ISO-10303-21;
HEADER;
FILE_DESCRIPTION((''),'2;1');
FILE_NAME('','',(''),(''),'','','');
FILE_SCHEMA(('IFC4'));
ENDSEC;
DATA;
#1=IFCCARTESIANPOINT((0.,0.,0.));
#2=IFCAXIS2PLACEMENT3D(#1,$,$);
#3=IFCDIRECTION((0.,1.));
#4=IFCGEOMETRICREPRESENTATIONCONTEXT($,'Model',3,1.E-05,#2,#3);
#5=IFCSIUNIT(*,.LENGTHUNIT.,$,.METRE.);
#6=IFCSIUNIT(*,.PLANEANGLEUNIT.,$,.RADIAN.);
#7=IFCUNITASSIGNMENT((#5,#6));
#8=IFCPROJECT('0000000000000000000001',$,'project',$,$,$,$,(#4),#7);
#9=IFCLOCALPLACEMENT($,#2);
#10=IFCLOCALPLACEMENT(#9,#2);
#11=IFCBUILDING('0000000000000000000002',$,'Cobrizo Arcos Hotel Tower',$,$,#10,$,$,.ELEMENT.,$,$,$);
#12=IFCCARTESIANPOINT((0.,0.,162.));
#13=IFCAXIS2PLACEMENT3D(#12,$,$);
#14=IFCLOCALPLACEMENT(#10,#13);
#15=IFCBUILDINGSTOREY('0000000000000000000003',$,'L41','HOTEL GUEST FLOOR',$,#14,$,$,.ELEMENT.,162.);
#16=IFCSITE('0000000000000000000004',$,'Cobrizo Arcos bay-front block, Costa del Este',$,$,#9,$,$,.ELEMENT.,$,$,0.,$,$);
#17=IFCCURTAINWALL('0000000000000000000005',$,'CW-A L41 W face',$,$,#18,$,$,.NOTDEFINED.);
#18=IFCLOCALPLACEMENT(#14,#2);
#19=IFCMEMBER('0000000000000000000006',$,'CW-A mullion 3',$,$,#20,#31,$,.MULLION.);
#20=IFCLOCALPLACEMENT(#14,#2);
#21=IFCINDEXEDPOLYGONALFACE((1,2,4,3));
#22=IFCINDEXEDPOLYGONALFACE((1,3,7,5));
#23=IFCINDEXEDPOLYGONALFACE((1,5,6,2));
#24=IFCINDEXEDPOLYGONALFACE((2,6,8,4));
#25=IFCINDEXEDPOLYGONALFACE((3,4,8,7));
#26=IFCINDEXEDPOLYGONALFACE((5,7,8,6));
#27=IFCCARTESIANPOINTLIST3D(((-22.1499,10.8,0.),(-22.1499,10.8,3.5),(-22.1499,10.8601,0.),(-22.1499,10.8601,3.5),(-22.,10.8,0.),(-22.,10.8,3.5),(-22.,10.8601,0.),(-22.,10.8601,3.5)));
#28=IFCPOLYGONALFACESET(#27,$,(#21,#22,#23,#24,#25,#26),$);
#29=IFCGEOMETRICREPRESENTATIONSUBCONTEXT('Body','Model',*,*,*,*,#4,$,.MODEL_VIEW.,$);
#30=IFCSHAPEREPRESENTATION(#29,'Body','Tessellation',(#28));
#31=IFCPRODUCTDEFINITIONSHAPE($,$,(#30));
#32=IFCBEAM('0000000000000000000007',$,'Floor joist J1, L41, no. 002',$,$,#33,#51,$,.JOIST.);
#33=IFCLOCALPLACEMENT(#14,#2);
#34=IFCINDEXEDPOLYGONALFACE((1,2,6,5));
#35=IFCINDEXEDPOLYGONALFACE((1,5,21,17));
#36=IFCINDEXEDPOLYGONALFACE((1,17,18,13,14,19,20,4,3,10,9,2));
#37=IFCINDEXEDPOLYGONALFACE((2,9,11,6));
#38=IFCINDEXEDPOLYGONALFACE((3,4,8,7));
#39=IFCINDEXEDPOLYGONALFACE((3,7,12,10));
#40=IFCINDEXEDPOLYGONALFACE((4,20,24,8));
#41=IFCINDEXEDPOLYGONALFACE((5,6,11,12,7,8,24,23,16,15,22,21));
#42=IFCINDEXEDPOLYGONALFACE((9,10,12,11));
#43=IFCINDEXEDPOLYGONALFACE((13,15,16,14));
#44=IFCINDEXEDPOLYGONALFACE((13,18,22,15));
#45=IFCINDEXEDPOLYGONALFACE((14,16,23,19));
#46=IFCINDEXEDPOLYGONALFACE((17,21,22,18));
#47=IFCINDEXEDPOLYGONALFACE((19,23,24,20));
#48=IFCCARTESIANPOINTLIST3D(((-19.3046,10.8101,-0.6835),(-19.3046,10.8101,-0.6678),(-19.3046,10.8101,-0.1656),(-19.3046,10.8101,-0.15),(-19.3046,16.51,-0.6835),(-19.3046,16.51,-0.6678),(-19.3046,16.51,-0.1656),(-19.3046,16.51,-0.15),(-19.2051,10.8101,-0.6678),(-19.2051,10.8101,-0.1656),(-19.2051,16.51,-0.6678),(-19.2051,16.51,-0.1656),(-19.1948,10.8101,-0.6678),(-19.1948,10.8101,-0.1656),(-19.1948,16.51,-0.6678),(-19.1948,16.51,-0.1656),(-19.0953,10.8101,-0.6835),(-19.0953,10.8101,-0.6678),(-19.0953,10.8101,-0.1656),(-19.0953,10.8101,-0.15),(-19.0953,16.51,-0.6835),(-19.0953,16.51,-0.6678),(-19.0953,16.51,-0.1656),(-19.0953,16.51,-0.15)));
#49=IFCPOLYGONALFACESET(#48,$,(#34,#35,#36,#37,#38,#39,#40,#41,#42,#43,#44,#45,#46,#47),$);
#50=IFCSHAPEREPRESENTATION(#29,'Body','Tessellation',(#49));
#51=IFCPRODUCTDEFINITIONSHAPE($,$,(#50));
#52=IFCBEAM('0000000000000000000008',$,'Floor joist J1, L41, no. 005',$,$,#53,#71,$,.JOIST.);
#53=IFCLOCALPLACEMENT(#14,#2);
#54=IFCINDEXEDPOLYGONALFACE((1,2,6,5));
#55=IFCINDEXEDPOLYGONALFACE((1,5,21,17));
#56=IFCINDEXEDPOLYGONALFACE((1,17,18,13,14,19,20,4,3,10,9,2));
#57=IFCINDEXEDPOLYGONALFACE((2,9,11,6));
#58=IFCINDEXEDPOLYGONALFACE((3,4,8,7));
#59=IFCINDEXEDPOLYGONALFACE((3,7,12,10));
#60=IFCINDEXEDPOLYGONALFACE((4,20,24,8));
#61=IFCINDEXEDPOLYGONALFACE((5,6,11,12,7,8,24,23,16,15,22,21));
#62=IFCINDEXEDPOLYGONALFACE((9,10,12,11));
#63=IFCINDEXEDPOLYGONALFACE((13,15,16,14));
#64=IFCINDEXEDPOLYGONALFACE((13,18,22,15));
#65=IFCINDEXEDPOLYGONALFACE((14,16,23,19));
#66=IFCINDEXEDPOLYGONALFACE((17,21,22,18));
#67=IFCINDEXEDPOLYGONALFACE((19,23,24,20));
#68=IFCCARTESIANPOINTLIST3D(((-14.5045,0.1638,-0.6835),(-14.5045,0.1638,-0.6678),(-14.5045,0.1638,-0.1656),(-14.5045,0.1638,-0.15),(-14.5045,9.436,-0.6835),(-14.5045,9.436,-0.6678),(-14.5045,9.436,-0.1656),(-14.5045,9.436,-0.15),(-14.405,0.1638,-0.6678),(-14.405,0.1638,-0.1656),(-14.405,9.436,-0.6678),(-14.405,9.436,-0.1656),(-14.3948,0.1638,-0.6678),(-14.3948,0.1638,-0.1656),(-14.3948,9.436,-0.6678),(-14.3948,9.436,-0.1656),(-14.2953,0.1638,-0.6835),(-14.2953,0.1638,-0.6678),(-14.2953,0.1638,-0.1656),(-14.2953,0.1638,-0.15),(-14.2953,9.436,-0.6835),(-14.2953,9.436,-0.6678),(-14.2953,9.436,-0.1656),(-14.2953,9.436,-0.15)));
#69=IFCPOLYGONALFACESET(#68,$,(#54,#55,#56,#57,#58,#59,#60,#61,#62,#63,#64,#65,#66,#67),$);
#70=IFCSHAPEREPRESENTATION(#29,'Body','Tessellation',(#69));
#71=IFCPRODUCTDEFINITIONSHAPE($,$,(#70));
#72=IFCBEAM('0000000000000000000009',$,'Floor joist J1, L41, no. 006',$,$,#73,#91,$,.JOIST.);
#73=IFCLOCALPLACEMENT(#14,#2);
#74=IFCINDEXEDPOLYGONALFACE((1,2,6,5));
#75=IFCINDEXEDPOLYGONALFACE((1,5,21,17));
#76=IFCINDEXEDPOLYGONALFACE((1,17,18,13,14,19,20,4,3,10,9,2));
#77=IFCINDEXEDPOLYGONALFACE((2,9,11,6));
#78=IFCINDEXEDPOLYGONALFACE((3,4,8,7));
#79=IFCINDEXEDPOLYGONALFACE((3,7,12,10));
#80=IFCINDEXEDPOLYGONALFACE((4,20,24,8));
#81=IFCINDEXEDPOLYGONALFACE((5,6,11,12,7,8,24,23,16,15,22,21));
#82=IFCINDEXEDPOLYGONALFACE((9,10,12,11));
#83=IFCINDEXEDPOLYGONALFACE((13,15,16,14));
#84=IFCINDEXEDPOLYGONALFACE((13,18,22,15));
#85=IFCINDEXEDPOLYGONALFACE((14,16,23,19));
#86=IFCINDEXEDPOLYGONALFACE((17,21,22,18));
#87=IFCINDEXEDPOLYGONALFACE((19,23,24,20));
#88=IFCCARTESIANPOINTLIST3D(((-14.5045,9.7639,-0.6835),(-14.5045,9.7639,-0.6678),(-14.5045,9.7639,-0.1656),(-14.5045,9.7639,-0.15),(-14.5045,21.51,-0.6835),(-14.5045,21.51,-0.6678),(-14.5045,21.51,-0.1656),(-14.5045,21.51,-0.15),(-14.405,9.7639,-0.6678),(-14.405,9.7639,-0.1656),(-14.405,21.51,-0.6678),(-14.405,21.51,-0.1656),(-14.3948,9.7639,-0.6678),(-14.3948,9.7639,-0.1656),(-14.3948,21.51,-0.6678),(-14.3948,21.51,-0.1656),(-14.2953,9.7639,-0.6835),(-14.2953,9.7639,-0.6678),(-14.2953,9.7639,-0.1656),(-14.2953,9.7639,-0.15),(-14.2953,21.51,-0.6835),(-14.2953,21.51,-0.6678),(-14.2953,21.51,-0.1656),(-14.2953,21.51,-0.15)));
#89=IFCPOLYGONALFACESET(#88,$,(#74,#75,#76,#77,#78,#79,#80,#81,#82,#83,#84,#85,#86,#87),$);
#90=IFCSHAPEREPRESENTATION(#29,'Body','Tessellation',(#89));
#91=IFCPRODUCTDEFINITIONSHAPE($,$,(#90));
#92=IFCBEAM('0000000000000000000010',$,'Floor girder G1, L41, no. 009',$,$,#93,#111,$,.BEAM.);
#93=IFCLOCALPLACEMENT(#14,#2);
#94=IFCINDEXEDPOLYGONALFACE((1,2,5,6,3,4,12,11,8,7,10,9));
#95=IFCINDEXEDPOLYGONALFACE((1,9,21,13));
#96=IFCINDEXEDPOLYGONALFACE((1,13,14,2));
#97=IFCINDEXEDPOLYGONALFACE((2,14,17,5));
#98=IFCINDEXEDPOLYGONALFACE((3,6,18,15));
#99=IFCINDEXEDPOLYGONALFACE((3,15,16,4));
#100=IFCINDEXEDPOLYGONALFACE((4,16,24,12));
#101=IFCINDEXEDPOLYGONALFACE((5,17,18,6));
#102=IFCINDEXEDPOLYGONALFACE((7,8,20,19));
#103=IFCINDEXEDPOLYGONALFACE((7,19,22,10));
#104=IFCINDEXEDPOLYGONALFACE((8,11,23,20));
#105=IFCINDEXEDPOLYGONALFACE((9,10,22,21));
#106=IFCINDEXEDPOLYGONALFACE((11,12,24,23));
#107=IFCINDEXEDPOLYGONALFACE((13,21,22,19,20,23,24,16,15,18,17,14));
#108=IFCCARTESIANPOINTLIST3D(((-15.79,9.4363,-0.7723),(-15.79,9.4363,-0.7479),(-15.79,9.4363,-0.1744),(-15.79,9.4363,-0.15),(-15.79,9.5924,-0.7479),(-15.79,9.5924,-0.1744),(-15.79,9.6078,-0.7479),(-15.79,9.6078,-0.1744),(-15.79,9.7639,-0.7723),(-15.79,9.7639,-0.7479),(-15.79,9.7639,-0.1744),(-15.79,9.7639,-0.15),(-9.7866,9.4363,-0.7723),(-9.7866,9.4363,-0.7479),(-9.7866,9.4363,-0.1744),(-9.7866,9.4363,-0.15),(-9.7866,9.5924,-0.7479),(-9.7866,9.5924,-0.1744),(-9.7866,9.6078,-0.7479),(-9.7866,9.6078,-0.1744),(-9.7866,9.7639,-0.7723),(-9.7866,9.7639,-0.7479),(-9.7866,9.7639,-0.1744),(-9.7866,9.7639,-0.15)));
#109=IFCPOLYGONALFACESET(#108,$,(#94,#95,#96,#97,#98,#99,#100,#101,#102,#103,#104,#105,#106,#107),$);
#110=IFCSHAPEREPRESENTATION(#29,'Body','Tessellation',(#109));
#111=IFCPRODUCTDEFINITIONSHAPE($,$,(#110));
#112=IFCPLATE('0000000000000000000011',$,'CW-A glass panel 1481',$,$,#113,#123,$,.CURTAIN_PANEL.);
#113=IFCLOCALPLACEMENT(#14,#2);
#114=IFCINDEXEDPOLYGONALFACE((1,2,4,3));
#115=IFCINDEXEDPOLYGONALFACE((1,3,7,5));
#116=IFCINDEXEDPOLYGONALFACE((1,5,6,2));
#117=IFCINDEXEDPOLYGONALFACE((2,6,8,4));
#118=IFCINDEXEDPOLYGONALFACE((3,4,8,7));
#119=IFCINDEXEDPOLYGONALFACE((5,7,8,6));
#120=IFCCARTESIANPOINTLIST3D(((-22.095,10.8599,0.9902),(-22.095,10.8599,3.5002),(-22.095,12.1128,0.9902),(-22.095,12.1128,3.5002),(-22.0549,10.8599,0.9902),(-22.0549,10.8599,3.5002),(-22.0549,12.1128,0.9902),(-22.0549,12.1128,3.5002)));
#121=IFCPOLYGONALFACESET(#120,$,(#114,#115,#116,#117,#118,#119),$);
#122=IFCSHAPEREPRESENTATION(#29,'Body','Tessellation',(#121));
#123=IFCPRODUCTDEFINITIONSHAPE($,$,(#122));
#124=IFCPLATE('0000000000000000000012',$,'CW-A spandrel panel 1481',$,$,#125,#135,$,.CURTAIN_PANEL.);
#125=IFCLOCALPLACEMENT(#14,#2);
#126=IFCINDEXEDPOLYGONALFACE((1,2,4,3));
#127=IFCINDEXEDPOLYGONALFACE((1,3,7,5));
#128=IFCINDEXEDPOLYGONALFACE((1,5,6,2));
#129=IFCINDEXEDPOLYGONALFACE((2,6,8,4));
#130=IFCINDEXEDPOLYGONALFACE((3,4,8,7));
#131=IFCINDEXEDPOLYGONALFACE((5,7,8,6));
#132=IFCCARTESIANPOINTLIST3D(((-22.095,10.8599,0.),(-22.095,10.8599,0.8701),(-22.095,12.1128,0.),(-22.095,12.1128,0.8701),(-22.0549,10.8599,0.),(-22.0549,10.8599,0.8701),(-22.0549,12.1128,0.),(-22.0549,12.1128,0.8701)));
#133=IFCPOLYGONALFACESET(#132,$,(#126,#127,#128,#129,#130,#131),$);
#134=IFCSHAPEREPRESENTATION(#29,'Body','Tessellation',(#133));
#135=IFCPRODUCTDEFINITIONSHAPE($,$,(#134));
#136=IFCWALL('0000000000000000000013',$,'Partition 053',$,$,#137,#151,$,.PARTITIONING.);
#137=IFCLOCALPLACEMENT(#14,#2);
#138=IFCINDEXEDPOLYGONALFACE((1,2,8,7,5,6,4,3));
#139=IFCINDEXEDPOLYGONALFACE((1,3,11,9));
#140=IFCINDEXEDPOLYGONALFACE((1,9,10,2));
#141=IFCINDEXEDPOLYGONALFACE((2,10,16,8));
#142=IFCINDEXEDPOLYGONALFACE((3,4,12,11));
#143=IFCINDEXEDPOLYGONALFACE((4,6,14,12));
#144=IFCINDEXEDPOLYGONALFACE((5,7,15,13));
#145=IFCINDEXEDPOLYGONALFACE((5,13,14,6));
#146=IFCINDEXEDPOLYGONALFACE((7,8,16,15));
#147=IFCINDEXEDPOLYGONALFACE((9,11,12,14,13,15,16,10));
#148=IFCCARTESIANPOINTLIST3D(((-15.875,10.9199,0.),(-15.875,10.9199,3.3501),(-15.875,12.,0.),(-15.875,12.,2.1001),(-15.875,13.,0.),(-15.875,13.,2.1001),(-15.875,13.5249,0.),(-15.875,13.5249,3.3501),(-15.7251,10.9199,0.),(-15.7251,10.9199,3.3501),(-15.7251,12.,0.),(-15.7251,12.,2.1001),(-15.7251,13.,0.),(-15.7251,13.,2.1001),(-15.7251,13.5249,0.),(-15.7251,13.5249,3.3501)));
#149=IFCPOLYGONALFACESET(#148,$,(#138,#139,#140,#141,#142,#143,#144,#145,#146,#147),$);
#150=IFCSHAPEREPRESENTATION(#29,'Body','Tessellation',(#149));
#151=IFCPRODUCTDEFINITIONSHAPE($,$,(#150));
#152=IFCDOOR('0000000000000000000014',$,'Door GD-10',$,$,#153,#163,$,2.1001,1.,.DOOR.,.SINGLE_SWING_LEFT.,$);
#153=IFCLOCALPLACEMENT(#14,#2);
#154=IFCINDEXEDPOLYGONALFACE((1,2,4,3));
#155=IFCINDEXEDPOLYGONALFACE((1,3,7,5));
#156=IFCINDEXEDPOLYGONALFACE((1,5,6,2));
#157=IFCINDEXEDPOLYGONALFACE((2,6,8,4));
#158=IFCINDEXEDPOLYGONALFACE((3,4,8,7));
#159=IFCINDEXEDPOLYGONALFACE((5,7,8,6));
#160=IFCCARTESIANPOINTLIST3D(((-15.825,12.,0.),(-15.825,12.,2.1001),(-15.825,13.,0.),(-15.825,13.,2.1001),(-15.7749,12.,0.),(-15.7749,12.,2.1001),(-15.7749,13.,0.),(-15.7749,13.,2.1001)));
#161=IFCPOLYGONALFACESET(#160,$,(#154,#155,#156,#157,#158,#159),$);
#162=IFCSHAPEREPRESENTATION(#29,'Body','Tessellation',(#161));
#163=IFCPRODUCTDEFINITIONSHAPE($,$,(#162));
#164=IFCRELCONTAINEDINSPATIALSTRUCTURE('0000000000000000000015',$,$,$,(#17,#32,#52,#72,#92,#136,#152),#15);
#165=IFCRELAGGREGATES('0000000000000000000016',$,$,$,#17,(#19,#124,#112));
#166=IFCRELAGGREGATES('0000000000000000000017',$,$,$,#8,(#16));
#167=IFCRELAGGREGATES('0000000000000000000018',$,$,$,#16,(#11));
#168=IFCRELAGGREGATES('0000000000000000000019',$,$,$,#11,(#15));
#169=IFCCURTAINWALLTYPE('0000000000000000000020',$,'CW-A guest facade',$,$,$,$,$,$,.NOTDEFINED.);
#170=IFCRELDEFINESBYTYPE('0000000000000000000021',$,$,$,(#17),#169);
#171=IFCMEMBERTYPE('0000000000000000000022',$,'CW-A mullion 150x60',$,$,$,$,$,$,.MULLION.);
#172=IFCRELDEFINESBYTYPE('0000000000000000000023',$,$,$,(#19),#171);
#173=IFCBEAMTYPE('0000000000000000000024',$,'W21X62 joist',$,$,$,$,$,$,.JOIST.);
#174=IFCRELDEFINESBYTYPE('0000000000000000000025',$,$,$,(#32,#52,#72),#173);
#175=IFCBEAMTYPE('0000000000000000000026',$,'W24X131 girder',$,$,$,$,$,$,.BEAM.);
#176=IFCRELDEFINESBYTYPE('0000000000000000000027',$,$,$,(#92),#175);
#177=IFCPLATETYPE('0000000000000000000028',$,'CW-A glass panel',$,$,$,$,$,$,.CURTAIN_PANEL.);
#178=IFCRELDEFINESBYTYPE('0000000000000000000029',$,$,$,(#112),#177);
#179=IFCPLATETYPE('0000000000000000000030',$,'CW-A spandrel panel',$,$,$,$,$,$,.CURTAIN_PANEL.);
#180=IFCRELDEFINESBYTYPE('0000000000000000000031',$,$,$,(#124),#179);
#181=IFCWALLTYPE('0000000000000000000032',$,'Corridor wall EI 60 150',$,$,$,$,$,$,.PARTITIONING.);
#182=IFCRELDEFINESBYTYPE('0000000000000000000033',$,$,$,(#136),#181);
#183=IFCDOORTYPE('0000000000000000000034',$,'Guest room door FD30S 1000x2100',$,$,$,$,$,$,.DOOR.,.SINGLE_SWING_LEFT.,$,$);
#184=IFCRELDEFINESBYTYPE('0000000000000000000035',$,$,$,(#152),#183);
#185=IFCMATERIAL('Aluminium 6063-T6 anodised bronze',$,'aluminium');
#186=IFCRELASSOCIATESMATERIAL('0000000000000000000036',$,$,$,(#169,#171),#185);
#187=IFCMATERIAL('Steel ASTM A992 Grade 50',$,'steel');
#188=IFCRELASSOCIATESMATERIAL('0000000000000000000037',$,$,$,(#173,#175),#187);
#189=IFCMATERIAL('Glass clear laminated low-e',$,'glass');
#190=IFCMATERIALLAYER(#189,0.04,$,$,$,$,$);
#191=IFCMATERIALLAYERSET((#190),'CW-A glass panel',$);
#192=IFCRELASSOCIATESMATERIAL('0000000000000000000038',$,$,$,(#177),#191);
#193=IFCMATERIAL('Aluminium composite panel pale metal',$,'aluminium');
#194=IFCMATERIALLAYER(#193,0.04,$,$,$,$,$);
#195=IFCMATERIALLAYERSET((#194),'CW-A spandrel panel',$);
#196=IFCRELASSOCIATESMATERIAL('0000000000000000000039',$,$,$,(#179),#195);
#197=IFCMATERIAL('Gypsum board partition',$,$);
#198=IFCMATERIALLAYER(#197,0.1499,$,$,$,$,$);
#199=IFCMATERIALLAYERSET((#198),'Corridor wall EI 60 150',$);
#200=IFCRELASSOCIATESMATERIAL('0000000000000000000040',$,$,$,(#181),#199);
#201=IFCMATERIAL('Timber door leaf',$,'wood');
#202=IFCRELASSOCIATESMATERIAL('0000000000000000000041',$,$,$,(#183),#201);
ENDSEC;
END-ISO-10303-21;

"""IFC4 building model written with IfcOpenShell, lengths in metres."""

from ifc_helpers import new_model, si_unit, direction, frame, frame_2d, origin, origin_2d, place, context, subcontext, project, spatial, rectangle, i_section, extrude, material, layer, layer_set, material_profile, profile_set, type_object, element, fill, aggregate, save


model = new_model("IFC4")

# Units and contexts
model_context = context("Model", 3, precision=1e-05, world=origin(), true_north=direction((0.0, 1.0)))
body_context = subcontext(model_context, "Body", "Model", "MODEL_VIEW")
ifc_project = project(units=[si_unit("LENGTHUNIT", "METRE"), si_unit("PLANEANGLEUNIT", "RADIAN")], contexts=[model_context])

# Site, building, storey
site_placement = place(None, origin())
site = spatial("IfcSite", under=ifc_project, at=site_placement, Name="Cobrizo Arcos bay-front block, Costa del Este", CompositionType="ELEMENT", RefElevation=0.0)
building_placement = place(site_placement, origin())
building = spatial("IfcBuilding", under=site, at=building_placement, Name="Cobrizo Arcos Hotel Tower", CompositionType="ELEMENT")
storey_placement = place(building_placement, frame((0.0, 0.0, 162.0)))
storey = spatial("IfcBuildingStorey", under=building, at=storey_placement, Name="L41", Description="HOTEL GUEST FLOOR", CompositionType="ELEMENT", Elevation=162.0)

# Curtain wall, member
ifc_material_1 = material(Name="Aluminium 6063-T6 anodised bronze", Category="aluminium")
curtain_wall_type = type_object("IfcCurtainWallType", Name="CW-A guest facade", PredefinedType="NOTDEFINED", material=ifc_material_1)
curtain_wall_placement = place(storey_placement, origin())
curtain_wall = element("IfcCurtainWall", 1, at=curtain_wall_placement, inside=storey, type_object=curtain_wall_type, Name="CW-A L41 W face", PredefinedType="NOTDEFINED")
ifc_material_profile_1 = material_profile(ifc_material_1, rectangle(XDim=0.1499, YDim=0.0601, at=origin_2d()), Name="CW-A mullion 150x60")
ifc_profile_set_1 = profile_set([ifc_material_profile_1], Name="Aluminium 6063-T6 anodised bronze")
member_type = type_object("IfcMemberType", Name="CW-A mullion 150x60", PredefinedType="MULLION", material=ifc_profile_set_1)
member_placement = place(storey_placement, frame((-22.075, 10.8301, 0.0), z_axis=(0.0, 0.0, 1.0), x_axis=(-1.0, 0.0, 0.0)))
member = element("IfcMember", 2, at=member_placement, type_object=member_type, Name="CW-A mullion 3", PredefinedType="MULLION", context=body_context, shape_type="SweptSolid", body=[
    extrude(rectangle(XDim=0.1499, YDim=0.0601, at=origin_2d()), origin(), (0.0, 0.0, 1.0), 3.5),
])

# Beams
ifc_material_2 = material(Name="Steel ASTM A992 Grade 50", Category="steel")
ifc_material_profile_2 = material_profile(ifc_material_2, i_section(OverallWidth=0.2092, OverallDepth=0.5334, WebThickness=0.0103, FlangeThickness=0.0156, at=origin_2d()), Name="W21X62")
ifc_profile_set_2 = profile_set([ifc_material_profile_2], Name="Steel ASTM A992 Grade 50")
beam_type_1 = type_object("IfcBeamType", Name="W21X62 joist", PredefinedType="JOIST", material=ifc_profile_set_2)
beam_1_placement = place(storey_placement, frame((-19.2, 10.8101, -0.4167), z_axis=(0.0, 1.0, 0.0), x_axis=(-1.0, 0.0, 0.0)))
element("IfcBeam", 3, at=beam_1_placement, inside=storey, type_object=beam_type_1, Name="Floor joist J1, L41, no. 002", PredefinedType="JOIST", context=body_context, shape_type="SweptSolid", body=[
    extrude(i_section(OverallWidth=0.2092, OverallDepth=0.5334, WebThickness=0.0103, FlangeThickness=0.0156, at=origin_2d()), origin(), (0.0, 0.0, 1.0), 5.7),
])
beam_2_placement = place(storey_placement, frame((-14.3999, 0.1638, -0.4167), z_axis=(0.0, 1.0, 0.0), x_axis=(-1.0, 0.0, 0.0)))
element("IfcBeam", 4, at=beam_2_placement, inside=storey, type_object=beam_type_1, Name="Floor joist J1, L41, no. 005", PredefinedType="JOIST", context=body_context, shape_type="SweptSolid", body=[
    extrude(i_section(OverallWidth=0.2092, OverallDepth=0.5334, WebThickness=0.0103, FlangeThickness=0.0156, at=origin_2d()), origin(), (0.0, 0.0, 1.0), 9.2722),
])
beam_3_placement = place(storey_placement, frame((-14.3999, 9.7639, -0.4167), z_axis=(0.0, 1.0, 0.0), x_axis=(-1.0, 0.0, 0.0)))
element("IfcBeam", 5, at=beam_3_placement, inside=storey, type_object=beam_type_1, Name="Floor joist J1, L41, no. 006", PredefinedType="JOIST", context=body_context, shape_type="SweptSolid", body=[
    extrude(i_section(OverallWidth=0.2092, OverallDepth=0.5334, WebThickness=0.0103, FlangeThickness=0.0156, at=origin_2d()), origin(), (0.0, 0.0, 1.0), 11.7461),
])
ifc_material_profile_3 = material_profile(ifc_material_2, i_section(OverallWidth=0.3276, OverallDepth=0.6223, WebThickness=0.0154, FlangeThickness=0.0244, at=origin_2d()), Name="W24X131")
ifc_profile_set_3 = profile_set([ifc_material_profile_3], Name="Steel ASTM A992 Grade 50")
beam_type_2 = type_object("IfcBeamType", Name="W24X131 girder", PredefinedType="BEAM", material=ifc_profile_set_3)
beam_4_placement = place(storey_placement, frame((-15.79, 9.6001, -0.4612), z_axis=(1.0, 0.0, 0.0), x_axis=(0.0, 1.0, 0.0)))
element("IfcBeam", 6, at=beam_4_placement, inside=storey, type_object=beam_type_2, Name="Floor girder G1, L41, no. 009", PredefinedType="BEAM", context=body_context, shape_type="SweptSolid", body=[
    extrude(i_section(OverallWidth=0.3276, OverallDepth=0.6223, WebThickness=0.0154, FlangeThickness=0.0244, at=origin_2d()), origin(), (0.0, 0.0, 1.0), 6.0034),
])

# Plates
ifc_material_3 = material(Name="Glass clear laminated low-e", Category="glass")
ifc_layer_1 = layer(ifc_material_3, 0.04)
ifc_layer_set_1 = layer_set([ifc_layer_1], Name="CW-A glass panel")
plate_type_1 = type_object("IfcPlateType", Name="CW-A glass panel", PredefinedType="CURTAIN_PANEL", material=ifc_layer_set_1)
plate_1_placement = place(storey_placement, frame((-22.075, 11.4863, 0.9902), z_axis=(0.0, 0.0, 1.0), x_axis=(0.0, -1.0, 0.0)))
plate_1 = element("IfcPlate", 7, at=plate_1_placement, type_object=plate_type_1, Name="CW-A glass panel 1481", PredefinedType="CURTAIN_PANEL", context=body_context, shape_type="SweptSolid", body=[
    extrude(rectangle(XDim=1.2529, YDim=0.04, at=origin_2d()), origin(), (0.0, 0.0, 1.0), 2.51),
])
ifc_material_4 = material(Name="Aluminium composite panel pale metal", Category="aluminium")
ifc_layer_2 = layer(ifc_material_4, 0.04)
ifc_layer_set_2 = layer_set([ifc_layer_2], Name="CW-A spandrel panel")
plate_type_2 = type_object("IfcPlateType", Name="CW-A spandrel panel", PredefinedType="CURTAIN_PANEL", material=ifc_layer_set_2)
plate_2_placement = place(storey_placement, frame((-22.075, 11.4863, 0.0), z_axis=(0.0, 0.0, 1.0), x_axis=(0.0, -1.0, 0.0)))
plate_2 = element("IfcPlate", 8, at=plate_2_placement, type_object=plate_type_2, Name="CW-A spandrel panel 1481", PredefinedType="CURTAIN_PANEL", context=body_context, shape_type="SweptSolid", body=[
    extrude(rectangle(XDim=1.2529, YDim=0.04, at=origin_2d()), origin(), (0.0, 0.0, 1.0), 0.8701),
])
aggregate(curtain_wall, [member, plate_2, plate_1])

# Wall, opening, door
ifc_material_5 = material(Name="Gypsum board partition")
ifc_layer_3 = layer(ifc_material_5, 0.1499)
ifc_layer_set_3 = layer_set([ifc_layer_3], Name="Corridor wall EI 60 150")
wall_type_1 = type_object("IfcWallType", Name="Corridor wall EI 60 150", PredefinedType="PARTITIONING", material=ifc_layer_set_3)
wall_1_placement = place(storey_placement, frame((-15.8, 10.9199, 0.0), z_axis=(0.0, 0.0, 1.0), x_axis=(0.0, 1.0, 0.0)))
wall_1 = element("IfcWall", 9, at=wall_1_placement, inside=storey, type_object=wall_type_1, Name="Partition 053", PredefinedType="PARTITIONING", context=body_context, shape_type="SweptSolid", body=[
    extrude(rectangle(XDim=2.605, YDim=0.1499, at=frame_2d((1.3025, 0.0))), origin(), (0.0, 0.0, 1.0), 3.3501),
])
opening_1_placement = place(wall_1_placement, frame((1.0801, 0.0, 0.0)))
opening_1 = element("IfcOpeningElement", 10, at=opening_1_placement, cuts=wall_1, PredefinedType="OPENING", context=body_context, shape_type="SweptSolid", body=[
    extrude(rectangle(XDim=1.0, YDim=2.1001, at=frame_2d((0.5, 1.05))), frame((0.0, 0.0869, 0.0), z_axis=(0.0, -1.0, 0.0), x_axis=(1.0, 0.0, 0.0)), (0.0, 0.0, 1.0), 0.1738),
])
ifc_material_6 = material(Name="Timber door leaf", Category="wood")
door_type_1 = type_object("IfcDoorType", Name="Guest room door FD30S 1000x2100", OperationType="SINGLE_SWING_LEFT", PredefinedType="DOOR", material=ifc_material_6)
door_1_placement = place(opening_1_placement, origin())
door_1 = element("IfcDoor", 11, at=door_1_placement, inside=storey, type_object=door_type_1, Name="Door GD-10", OperationType="SINGLE_SWING_LEFT", OverallHeight=2.1001, OverallWidth=1.0, PredefinedType="DOOR", context=body_context, shape_type="SweptSolid", body=[
    extrude(rectangle(XDim=1.0, YDim=2.1001, at=frame_2d((0.5, 1.05))), frame((0.0, 0.0249, 0.0), z_axis=(0.0, -1.0, 0.0), x_axis=(1.0, 0.0, 0.0)), (0.0, 0.0, 1.0), 0.05),
])
fill(opening_1, door_1)

save(model, "model.ifc")
